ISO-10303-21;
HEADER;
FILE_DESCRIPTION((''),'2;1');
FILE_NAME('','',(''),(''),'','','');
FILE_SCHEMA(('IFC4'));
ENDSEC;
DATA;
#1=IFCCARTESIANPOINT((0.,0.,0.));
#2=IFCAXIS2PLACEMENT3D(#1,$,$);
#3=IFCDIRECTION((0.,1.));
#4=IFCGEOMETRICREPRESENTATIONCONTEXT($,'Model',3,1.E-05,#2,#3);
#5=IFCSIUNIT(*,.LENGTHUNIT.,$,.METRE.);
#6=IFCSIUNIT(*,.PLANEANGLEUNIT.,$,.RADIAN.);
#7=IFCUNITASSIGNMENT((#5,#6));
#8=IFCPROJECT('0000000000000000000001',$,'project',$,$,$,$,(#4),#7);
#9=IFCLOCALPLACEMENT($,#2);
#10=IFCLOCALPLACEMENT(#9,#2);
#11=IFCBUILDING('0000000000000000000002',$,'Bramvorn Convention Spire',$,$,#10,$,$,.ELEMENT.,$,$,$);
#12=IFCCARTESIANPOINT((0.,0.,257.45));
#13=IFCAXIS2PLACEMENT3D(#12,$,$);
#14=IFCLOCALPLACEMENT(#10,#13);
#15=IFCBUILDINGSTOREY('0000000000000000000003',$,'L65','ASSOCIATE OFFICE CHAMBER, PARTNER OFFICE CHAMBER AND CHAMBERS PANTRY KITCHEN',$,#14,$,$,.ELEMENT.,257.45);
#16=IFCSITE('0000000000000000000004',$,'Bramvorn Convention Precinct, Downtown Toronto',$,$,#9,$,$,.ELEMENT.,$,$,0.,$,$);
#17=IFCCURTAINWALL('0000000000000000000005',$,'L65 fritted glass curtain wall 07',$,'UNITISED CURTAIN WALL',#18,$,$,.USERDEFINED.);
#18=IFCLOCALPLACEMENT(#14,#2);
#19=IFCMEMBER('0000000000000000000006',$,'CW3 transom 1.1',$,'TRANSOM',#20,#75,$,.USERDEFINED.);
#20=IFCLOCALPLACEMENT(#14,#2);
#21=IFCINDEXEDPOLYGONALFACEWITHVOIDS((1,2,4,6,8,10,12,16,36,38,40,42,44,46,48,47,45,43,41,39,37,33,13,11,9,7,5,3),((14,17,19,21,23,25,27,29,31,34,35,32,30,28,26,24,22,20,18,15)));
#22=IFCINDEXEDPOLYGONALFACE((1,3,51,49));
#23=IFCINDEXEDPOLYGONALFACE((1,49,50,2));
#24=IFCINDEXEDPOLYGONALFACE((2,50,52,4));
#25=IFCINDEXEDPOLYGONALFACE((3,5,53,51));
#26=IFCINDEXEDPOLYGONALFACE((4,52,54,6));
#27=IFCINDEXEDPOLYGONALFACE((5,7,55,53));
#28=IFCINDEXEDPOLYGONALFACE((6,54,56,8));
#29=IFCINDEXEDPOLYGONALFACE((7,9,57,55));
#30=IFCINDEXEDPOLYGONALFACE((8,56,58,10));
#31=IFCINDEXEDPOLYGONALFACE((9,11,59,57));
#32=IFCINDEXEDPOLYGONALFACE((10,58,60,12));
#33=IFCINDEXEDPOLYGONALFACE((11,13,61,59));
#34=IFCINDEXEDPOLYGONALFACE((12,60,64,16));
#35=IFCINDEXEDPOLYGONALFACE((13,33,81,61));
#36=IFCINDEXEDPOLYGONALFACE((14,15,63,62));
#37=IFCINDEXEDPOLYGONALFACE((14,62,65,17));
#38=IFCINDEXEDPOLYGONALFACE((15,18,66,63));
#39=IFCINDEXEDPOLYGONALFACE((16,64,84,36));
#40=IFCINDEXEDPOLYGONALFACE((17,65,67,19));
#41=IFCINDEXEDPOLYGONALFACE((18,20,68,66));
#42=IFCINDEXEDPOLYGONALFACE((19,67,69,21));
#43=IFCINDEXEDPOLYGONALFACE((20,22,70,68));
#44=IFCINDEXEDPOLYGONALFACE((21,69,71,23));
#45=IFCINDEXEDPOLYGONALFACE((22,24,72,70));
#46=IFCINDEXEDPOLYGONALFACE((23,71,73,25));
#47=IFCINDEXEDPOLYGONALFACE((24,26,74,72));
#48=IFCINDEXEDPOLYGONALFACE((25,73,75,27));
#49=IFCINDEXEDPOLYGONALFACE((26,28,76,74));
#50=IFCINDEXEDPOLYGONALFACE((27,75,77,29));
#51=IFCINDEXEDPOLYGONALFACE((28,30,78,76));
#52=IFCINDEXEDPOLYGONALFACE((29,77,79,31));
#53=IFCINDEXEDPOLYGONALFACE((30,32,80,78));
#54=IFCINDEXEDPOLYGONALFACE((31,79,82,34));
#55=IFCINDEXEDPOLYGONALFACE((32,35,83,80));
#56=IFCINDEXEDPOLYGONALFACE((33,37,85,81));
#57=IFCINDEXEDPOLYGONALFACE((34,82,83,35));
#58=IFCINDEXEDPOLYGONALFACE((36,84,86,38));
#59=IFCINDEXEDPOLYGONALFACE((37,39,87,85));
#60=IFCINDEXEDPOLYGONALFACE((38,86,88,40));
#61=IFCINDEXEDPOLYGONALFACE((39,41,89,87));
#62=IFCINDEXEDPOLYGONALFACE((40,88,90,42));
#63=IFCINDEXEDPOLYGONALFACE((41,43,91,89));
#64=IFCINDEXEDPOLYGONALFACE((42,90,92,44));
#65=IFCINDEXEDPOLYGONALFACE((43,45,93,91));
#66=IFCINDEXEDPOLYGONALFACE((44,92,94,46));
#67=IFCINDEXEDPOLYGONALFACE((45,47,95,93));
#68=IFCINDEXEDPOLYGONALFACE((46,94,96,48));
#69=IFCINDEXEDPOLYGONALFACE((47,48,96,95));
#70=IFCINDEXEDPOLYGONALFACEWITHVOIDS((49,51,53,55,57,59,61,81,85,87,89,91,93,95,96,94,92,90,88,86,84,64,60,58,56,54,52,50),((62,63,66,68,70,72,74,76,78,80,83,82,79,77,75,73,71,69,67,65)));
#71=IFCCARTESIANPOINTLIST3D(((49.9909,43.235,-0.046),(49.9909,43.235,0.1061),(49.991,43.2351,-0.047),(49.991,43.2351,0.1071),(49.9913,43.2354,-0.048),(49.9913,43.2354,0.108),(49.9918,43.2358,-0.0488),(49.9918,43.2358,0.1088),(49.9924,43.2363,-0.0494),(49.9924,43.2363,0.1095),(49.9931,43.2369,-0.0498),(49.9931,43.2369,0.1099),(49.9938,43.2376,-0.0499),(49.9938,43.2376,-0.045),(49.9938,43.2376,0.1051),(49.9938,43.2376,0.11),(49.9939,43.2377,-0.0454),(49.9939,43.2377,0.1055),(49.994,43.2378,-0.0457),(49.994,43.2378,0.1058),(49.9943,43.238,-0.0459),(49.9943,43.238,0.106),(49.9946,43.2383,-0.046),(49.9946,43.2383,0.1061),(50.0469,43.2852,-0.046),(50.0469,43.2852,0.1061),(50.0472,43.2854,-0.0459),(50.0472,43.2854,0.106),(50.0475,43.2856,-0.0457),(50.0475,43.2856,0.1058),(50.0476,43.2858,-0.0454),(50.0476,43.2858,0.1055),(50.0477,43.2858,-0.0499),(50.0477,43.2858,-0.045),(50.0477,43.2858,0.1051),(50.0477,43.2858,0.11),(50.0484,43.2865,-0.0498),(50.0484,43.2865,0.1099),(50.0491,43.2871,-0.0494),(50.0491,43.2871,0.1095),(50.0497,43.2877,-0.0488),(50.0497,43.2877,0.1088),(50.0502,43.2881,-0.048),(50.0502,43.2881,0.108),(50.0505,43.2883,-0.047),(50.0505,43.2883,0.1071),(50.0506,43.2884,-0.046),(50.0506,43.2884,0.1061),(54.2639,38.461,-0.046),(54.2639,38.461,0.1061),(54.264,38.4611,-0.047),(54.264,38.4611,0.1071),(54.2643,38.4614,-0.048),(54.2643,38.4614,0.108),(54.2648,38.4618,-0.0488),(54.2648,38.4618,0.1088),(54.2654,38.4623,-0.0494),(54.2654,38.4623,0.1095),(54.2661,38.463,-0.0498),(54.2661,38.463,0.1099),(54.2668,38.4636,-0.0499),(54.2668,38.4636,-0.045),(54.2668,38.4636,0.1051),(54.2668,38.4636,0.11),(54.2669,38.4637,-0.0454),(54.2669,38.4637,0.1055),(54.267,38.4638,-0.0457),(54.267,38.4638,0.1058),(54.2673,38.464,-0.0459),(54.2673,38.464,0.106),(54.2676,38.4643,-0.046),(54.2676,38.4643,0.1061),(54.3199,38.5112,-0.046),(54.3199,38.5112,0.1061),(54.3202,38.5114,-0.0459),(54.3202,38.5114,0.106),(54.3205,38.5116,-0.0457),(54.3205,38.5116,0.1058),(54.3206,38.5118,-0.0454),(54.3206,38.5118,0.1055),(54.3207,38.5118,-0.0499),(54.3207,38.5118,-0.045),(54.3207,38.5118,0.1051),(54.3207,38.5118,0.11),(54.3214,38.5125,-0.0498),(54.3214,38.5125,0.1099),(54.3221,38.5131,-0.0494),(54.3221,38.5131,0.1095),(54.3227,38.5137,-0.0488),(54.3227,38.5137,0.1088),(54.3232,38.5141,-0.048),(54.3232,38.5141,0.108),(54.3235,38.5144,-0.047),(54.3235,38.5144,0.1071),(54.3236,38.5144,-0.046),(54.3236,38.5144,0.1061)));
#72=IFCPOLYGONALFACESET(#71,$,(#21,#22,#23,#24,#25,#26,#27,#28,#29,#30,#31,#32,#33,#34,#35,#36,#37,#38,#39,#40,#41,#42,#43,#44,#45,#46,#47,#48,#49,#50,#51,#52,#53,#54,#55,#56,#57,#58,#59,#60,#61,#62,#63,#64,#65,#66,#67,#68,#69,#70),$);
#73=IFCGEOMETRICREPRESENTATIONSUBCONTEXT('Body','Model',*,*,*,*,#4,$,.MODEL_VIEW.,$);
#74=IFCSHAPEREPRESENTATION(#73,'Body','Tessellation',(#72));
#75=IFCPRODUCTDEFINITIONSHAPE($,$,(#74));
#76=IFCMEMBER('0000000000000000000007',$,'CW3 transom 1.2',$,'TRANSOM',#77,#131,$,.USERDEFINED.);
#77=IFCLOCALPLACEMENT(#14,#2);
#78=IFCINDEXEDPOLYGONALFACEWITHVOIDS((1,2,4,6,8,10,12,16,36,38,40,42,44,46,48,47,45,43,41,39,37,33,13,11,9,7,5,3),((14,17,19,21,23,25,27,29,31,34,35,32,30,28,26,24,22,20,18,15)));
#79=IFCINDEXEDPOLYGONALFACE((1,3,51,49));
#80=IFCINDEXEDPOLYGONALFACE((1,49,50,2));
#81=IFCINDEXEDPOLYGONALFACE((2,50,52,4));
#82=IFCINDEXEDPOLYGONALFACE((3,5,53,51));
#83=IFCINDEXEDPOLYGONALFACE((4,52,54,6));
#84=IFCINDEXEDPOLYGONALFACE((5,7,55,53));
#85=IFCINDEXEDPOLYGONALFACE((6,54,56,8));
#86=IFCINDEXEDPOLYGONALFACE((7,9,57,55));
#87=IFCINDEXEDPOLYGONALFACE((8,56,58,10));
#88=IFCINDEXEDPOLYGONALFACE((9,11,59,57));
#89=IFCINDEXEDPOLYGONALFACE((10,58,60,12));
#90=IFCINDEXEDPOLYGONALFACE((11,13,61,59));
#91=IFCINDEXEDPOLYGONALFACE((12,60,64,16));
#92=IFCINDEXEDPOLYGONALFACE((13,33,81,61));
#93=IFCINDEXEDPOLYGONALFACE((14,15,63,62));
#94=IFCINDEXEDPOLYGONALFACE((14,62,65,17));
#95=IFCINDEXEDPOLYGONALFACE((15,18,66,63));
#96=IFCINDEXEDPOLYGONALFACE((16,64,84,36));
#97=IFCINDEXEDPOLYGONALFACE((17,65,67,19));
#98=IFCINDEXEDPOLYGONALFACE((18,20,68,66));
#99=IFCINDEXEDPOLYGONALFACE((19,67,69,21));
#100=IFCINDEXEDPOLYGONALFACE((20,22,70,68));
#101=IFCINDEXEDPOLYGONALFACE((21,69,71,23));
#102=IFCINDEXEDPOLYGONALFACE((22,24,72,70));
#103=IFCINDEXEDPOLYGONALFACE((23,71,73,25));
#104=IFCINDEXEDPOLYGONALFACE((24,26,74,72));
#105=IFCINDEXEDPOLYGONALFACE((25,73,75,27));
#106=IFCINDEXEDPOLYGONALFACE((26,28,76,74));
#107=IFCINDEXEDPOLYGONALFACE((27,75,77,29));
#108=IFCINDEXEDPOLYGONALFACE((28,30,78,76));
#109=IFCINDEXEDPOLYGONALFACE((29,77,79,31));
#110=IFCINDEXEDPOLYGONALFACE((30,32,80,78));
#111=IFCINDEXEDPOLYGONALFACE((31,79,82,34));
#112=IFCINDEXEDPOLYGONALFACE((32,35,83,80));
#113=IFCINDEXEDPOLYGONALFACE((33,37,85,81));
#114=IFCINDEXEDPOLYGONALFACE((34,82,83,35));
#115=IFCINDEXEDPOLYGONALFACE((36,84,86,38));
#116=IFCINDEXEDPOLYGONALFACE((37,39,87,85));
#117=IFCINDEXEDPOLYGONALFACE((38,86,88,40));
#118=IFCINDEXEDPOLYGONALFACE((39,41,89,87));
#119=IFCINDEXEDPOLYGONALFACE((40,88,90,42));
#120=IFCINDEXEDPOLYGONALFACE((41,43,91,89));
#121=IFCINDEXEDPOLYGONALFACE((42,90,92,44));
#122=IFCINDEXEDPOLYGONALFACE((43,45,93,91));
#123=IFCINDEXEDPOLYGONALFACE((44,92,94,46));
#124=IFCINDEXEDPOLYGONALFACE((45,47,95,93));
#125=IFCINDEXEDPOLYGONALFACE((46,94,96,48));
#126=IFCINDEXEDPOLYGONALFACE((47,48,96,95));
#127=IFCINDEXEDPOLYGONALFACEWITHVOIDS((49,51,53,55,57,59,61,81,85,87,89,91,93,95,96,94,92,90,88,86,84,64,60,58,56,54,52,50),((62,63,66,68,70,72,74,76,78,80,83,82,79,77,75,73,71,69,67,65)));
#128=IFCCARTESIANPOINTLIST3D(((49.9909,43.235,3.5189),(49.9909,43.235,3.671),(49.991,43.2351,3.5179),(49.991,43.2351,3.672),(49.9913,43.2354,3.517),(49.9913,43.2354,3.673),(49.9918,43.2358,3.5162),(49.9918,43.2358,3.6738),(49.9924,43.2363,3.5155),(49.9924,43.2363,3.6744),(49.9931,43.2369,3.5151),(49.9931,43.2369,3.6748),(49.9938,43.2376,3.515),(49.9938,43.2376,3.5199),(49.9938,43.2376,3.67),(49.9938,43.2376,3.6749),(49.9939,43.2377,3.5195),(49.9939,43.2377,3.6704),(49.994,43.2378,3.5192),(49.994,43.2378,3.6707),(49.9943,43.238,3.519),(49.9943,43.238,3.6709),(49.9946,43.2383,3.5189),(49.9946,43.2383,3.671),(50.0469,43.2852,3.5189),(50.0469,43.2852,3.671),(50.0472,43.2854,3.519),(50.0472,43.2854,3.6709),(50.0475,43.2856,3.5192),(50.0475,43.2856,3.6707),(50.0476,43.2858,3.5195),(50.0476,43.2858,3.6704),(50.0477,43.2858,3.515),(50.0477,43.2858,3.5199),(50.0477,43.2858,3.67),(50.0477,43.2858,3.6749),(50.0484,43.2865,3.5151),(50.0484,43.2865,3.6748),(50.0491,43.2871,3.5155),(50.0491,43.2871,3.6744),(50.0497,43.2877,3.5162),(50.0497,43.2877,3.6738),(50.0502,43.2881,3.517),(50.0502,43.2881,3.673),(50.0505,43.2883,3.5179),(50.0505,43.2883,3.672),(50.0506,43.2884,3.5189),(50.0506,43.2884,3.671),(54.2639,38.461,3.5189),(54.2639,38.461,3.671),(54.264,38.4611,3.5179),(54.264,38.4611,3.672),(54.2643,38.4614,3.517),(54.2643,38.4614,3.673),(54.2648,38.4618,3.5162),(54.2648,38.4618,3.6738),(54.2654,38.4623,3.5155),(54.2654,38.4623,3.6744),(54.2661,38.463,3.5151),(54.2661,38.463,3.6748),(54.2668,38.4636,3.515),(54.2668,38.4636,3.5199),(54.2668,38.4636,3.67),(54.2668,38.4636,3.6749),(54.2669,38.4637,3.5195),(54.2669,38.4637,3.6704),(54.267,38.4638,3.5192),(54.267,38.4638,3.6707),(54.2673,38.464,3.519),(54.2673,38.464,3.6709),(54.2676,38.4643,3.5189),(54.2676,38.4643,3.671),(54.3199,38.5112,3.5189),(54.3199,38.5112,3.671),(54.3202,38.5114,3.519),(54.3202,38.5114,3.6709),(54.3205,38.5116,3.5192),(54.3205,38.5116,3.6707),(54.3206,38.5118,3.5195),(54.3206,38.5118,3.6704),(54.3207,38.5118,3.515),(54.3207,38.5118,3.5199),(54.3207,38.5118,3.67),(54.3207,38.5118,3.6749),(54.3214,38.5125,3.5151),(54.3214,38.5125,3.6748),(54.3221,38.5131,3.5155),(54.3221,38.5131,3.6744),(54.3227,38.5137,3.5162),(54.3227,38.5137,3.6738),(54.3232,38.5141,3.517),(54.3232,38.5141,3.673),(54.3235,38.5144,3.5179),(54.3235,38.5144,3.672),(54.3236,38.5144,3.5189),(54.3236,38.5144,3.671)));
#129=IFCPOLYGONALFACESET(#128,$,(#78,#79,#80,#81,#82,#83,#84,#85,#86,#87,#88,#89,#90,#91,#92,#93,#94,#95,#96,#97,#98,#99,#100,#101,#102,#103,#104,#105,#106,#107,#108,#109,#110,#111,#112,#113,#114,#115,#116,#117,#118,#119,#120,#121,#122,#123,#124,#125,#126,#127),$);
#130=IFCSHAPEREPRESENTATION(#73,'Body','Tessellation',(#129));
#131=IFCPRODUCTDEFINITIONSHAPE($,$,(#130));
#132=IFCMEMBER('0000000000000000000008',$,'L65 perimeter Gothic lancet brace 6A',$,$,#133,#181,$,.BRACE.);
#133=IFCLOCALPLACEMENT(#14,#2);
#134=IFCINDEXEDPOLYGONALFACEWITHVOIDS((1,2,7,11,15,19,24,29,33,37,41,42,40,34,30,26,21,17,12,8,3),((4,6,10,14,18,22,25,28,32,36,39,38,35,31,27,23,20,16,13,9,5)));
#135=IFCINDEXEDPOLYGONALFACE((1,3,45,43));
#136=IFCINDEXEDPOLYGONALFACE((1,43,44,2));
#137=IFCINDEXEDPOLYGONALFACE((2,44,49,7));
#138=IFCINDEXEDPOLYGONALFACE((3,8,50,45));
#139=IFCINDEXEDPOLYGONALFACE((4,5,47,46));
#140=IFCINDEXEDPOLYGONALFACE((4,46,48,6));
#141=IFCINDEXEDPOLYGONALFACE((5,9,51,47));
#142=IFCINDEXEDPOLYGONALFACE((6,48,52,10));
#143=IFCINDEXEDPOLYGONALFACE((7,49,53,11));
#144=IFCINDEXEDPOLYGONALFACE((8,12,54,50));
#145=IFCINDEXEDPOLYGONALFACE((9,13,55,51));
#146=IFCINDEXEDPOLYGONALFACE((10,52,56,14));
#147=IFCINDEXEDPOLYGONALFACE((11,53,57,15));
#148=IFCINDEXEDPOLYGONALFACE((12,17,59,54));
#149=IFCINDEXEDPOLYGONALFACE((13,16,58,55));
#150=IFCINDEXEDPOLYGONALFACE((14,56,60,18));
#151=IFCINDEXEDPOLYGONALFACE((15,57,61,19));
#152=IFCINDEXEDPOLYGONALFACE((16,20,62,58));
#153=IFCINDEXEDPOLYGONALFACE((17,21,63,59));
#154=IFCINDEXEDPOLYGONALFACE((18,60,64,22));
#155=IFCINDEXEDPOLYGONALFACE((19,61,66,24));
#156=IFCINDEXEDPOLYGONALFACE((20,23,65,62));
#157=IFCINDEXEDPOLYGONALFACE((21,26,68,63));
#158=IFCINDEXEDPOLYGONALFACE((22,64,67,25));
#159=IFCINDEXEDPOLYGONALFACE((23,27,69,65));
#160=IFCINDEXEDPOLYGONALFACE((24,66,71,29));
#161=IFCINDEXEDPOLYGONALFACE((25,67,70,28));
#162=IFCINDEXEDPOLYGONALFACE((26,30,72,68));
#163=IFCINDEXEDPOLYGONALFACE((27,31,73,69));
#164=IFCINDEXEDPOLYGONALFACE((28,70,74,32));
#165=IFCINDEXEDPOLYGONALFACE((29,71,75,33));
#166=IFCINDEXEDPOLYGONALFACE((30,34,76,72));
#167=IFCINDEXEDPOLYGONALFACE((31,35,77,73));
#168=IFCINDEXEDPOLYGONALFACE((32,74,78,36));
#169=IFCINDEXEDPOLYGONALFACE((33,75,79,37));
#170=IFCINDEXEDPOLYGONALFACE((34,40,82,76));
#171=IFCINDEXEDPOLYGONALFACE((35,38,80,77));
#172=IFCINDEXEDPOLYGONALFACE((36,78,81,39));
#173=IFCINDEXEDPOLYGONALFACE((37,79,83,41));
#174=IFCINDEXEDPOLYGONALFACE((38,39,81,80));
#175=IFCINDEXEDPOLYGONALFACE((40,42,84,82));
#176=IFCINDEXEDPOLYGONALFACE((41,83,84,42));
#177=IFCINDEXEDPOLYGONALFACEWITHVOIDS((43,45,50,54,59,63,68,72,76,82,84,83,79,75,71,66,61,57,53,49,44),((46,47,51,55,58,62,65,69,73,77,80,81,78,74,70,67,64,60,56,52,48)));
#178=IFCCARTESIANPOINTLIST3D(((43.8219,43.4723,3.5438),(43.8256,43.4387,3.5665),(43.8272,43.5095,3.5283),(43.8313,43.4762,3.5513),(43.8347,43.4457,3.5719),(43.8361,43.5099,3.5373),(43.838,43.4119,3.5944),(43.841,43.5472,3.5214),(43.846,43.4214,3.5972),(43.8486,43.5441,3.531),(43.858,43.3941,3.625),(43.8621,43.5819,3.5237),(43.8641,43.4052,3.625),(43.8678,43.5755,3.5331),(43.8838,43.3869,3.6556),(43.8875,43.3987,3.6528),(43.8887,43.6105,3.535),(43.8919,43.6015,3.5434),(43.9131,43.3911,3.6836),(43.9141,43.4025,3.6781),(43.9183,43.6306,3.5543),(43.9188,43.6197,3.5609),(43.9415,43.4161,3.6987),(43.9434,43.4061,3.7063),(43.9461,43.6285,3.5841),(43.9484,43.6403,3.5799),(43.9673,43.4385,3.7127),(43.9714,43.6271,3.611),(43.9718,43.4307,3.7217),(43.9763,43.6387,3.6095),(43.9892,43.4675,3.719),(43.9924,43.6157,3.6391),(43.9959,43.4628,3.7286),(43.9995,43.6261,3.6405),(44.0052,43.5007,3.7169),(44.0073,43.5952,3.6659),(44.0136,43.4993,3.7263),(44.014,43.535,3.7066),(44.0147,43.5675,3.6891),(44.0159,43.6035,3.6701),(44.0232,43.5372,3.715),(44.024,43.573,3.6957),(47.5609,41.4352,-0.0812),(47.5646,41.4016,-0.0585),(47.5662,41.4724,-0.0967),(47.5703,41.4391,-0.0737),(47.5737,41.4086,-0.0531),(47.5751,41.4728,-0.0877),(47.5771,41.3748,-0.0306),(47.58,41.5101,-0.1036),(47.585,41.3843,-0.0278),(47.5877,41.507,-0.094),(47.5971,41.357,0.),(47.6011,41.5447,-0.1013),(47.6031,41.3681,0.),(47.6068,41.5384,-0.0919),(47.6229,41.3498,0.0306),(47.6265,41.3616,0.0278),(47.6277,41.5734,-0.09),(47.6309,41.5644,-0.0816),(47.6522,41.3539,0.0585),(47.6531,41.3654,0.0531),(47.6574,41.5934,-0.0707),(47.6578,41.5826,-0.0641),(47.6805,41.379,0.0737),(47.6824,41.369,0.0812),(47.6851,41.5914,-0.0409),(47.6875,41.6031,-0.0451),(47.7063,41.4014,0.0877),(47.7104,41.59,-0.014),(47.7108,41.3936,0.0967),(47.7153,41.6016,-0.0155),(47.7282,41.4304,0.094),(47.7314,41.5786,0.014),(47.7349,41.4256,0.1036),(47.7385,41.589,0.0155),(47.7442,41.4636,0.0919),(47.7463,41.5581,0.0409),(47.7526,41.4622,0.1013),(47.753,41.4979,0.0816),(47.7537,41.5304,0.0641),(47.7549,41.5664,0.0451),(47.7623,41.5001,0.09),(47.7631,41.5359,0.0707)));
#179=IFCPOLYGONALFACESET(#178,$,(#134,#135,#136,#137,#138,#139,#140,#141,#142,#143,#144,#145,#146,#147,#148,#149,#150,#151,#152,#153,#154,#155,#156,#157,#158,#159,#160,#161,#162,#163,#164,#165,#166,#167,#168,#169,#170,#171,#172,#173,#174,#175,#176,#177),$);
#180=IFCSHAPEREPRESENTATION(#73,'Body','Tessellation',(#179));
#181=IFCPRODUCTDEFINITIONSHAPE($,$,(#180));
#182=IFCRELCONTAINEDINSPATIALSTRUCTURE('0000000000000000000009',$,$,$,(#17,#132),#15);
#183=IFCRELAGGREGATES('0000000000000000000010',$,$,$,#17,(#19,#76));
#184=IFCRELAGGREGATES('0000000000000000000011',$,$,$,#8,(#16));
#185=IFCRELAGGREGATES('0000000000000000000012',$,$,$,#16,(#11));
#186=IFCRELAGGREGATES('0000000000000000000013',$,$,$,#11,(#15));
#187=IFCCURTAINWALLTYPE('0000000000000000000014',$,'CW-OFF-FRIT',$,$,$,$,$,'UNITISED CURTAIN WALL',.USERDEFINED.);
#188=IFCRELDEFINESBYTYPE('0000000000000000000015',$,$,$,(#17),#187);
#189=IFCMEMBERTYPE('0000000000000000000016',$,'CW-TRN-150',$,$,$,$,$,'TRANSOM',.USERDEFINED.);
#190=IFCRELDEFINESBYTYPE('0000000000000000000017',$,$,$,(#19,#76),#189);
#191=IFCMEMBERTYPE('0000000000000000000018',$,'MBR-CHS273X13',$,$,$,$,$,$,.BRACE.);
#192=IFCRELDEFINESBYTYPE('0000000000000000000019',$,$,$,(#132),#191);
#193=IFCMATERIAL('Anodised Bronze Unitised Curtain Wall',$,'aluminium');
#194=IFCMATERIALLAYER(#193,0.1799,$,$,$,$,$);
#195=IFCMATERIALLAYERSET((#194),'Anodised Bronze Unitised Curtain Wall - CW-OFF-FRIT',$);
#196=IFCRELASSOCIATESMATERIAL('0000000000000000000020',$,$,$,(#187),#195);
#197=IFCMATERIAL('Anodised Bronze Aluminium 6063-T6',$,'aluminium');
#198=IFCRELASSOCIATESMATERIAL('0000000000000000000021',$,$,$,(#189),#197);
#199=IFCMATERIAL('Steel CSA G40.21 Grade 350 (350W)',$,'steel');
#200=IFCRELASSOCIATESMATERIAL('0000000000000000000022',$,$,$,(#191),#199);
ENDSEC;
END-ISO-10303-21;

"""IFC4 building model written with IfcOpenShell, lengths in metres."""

from ifc_helpers import new_model, si_unit, direction, frame, origin, origin_2d, place, context, subcontext, project, spatial, hollow_rectangle, hollow_circle, extrude, material, layer, layer_set, material_profile, profile_set, type_object, element, aggregate, save


model = new_model("IFC4")

# Units and contexts
model_context = context("Model", 3, precision=1e-05, world=origin(), true_north=direction((0.0, 1.0)))
body_context = subcontext(model_context, "Body", "Model", "MODEL_VIEW")
ifc_project = project(units=[si_unit("LENGTHUNIT", "METRE"), si_unit("PLANEANGLEUNIT", "RADIAN")], contexts=[model_context])

# Site, building, storey
site_placement = place(None, origin())
site = spatial("IfcSite", under=ifc_project, at=site_placement, Name="Bramvorn Convention Precinct, Downtown Toronto", CompositionType="ELEMENT", RefElevation=0.0)
building_placement = place(site_placement, origin())
building = spatial("IfcBuilding", under=site, at=building_placement, Name="Bramvorn Convention Spire", CompositionType="ELEMENT")
storey_placement = place(building_placement, frame((0.0, 0.0, 257.45)))
storey = spatial("IfcBuildingStorey", under=building, at=storey_placement, Name="L65", Description="ASSOCIATE OFFICE CHAMBER, PARTNER OFFICE CHAMBER AND CHAMBERS PANTRY KITCHEN", CompositionType="ELEMENT", Elevation=257.45)

# Shared definitions
ifc_material_1 = material(Name="Steel CSA G40.21 Grade 350 (350W)", Category="steel")

# Shared definitions
ifc_material_2 = material(Name="Anodised Bronze Unitised Curtain Wall", Category="aluminium")
ifc_layer_1 = layer(ifc_material_2, 0.1799)
ifc_layer_set_1 = layer_set([ifc_layer_1], Name="Anodised Bronze Unitised Curtain Wall - CW-OFF-FRIT")
curtain_wall_type = type_object("IfcCurtainWallType", Name="CW-OFF-FRIT", ElementType="UNITISED CURTAIN WALL", PredefinedType="USERDEFINED", material=ifc_layer_set_1)
ifc_material_3 = material(Name="Anodised Bronze Aluminium 6063-T6", Category="aluminium")

# Curtain wall
curtain_wall_1_placement = place(storey_placement, origin())
curtain_wall_1 = element("IfcCurtainWall", 1, at=curtain_wall_1_placement, inside=storey, type_object=curtain_wall_type, Name="L65 fritted glass curtain wall 07", ObjectType="UNITISED CURTAIN WALL", PredefinedType="USERDEFINED")

# Members
ifc_material_profile_1 = material_profile(ifc_material_3, hollow_rectangle(XDim=0.0801, YDim=0.1599, WallThickness=0.0039, InnerFilletRadius=0.001, OuterFilletRadius=0.0039, at=origin_2d()))
ifc_profile_set_1 = profile_set([ifc_material_profile_1], Name="Anodised Bronze Aluminium 6063-T6 - CWT80X160")
member_type_1 = type_object("IfcMemberType", Name="CW-TRN-150", ElementType="TRANSOM", PredefinedType="USERDEFINED", material=ifc_profile_set_1)
member_1_placement = place(storey_placement, frame((50.0208, 43.2617, 0.03), z_axis=(0.666929, -0.745122, 0.0), x_axis=(0.745122, 0.666929, 0.0)))
member_1 = element("IfcMember", 2, at=member_1_placement, type_object=member_type_1, Name="CW3 transom 1.1", ObjectType="TRANSOM", PredefinedType="USERDEFINED", context=body_context, shape_type="SweptSolid", body=[
    extrude(hollow_rectangle(XDim=0.0801, YDim=0.1599, WallThickness=0.0039, InnerFilletRadius=0.001, OuterFilletRadius=0.0039, at=origin_2d()), origin(), (0.0, 0.0, 1.0), 6.407),
])
member_2_placement = place(storey_placement, frame((50.0208, 43.2617, 3.595), z_axis=(0.666929, -0.745122, 0.0), x_axis=(0.745122, 0.666929, 0.0)))
member_2 = element("IfcMember", 3, at=member_2_placement, type_object=member_type_1, Name="CW3 transom 1.2", ObjectType="TRANSOM", PredefinedType="USERDEFINED", context=body_context, shape_type="SweptSolid", body=[
    extrude(hollow_rectangle(XDim=0.0801, YDim=0.1599, WallThickness=0.0039, InnerFilletRadius=0.001, OuterFilletRadius=0.0039, at=origin_2d()), origin(), (0.0, 0.0, 1.0), 6.407),
])

# Member
ifc_material_profile_2 = material_profile(ifc_material_1, hollow_circle(Radius=0.1365, WallThickness=0.0127, at=origin_2d()))
ifc_profile_set_2 = profile_set([ifc_material_profile_2], Name="Steel CSA G40.21 Grade 350 (350W) - CHS273X13")
member_type_2 = type_object("IfcMemberType", Name="MBR-CHS273X13", PredefinedType="BRACE", material=ifc_profile_set_2)
member_3_placement = place(storey_placement, frame((47.6624, 41.4768, 0.0), z_axis=(-0.668634, 0.364289, 0.648245), x_axis=(-0.478426, -0.878128, 0.0)))
element("IfcMember", 4, at=member_3_placement, inside=storey, type_object=member_type_2, Name="L65 perimeter Gothic lancet brace 6A", PredefinedType="BRACE", context=body_context, shape_type="SweptSolid", body=[
    extrude(hollow_circle(Radius=0.1365, WallThickness=0.0127, at=origin_2d()), origin(), (0.0, 0.0, 1.0), 5.592),
])

aggregate(curtain_wall_1, [member_1, member_2])

save(model, "model.ifc")
